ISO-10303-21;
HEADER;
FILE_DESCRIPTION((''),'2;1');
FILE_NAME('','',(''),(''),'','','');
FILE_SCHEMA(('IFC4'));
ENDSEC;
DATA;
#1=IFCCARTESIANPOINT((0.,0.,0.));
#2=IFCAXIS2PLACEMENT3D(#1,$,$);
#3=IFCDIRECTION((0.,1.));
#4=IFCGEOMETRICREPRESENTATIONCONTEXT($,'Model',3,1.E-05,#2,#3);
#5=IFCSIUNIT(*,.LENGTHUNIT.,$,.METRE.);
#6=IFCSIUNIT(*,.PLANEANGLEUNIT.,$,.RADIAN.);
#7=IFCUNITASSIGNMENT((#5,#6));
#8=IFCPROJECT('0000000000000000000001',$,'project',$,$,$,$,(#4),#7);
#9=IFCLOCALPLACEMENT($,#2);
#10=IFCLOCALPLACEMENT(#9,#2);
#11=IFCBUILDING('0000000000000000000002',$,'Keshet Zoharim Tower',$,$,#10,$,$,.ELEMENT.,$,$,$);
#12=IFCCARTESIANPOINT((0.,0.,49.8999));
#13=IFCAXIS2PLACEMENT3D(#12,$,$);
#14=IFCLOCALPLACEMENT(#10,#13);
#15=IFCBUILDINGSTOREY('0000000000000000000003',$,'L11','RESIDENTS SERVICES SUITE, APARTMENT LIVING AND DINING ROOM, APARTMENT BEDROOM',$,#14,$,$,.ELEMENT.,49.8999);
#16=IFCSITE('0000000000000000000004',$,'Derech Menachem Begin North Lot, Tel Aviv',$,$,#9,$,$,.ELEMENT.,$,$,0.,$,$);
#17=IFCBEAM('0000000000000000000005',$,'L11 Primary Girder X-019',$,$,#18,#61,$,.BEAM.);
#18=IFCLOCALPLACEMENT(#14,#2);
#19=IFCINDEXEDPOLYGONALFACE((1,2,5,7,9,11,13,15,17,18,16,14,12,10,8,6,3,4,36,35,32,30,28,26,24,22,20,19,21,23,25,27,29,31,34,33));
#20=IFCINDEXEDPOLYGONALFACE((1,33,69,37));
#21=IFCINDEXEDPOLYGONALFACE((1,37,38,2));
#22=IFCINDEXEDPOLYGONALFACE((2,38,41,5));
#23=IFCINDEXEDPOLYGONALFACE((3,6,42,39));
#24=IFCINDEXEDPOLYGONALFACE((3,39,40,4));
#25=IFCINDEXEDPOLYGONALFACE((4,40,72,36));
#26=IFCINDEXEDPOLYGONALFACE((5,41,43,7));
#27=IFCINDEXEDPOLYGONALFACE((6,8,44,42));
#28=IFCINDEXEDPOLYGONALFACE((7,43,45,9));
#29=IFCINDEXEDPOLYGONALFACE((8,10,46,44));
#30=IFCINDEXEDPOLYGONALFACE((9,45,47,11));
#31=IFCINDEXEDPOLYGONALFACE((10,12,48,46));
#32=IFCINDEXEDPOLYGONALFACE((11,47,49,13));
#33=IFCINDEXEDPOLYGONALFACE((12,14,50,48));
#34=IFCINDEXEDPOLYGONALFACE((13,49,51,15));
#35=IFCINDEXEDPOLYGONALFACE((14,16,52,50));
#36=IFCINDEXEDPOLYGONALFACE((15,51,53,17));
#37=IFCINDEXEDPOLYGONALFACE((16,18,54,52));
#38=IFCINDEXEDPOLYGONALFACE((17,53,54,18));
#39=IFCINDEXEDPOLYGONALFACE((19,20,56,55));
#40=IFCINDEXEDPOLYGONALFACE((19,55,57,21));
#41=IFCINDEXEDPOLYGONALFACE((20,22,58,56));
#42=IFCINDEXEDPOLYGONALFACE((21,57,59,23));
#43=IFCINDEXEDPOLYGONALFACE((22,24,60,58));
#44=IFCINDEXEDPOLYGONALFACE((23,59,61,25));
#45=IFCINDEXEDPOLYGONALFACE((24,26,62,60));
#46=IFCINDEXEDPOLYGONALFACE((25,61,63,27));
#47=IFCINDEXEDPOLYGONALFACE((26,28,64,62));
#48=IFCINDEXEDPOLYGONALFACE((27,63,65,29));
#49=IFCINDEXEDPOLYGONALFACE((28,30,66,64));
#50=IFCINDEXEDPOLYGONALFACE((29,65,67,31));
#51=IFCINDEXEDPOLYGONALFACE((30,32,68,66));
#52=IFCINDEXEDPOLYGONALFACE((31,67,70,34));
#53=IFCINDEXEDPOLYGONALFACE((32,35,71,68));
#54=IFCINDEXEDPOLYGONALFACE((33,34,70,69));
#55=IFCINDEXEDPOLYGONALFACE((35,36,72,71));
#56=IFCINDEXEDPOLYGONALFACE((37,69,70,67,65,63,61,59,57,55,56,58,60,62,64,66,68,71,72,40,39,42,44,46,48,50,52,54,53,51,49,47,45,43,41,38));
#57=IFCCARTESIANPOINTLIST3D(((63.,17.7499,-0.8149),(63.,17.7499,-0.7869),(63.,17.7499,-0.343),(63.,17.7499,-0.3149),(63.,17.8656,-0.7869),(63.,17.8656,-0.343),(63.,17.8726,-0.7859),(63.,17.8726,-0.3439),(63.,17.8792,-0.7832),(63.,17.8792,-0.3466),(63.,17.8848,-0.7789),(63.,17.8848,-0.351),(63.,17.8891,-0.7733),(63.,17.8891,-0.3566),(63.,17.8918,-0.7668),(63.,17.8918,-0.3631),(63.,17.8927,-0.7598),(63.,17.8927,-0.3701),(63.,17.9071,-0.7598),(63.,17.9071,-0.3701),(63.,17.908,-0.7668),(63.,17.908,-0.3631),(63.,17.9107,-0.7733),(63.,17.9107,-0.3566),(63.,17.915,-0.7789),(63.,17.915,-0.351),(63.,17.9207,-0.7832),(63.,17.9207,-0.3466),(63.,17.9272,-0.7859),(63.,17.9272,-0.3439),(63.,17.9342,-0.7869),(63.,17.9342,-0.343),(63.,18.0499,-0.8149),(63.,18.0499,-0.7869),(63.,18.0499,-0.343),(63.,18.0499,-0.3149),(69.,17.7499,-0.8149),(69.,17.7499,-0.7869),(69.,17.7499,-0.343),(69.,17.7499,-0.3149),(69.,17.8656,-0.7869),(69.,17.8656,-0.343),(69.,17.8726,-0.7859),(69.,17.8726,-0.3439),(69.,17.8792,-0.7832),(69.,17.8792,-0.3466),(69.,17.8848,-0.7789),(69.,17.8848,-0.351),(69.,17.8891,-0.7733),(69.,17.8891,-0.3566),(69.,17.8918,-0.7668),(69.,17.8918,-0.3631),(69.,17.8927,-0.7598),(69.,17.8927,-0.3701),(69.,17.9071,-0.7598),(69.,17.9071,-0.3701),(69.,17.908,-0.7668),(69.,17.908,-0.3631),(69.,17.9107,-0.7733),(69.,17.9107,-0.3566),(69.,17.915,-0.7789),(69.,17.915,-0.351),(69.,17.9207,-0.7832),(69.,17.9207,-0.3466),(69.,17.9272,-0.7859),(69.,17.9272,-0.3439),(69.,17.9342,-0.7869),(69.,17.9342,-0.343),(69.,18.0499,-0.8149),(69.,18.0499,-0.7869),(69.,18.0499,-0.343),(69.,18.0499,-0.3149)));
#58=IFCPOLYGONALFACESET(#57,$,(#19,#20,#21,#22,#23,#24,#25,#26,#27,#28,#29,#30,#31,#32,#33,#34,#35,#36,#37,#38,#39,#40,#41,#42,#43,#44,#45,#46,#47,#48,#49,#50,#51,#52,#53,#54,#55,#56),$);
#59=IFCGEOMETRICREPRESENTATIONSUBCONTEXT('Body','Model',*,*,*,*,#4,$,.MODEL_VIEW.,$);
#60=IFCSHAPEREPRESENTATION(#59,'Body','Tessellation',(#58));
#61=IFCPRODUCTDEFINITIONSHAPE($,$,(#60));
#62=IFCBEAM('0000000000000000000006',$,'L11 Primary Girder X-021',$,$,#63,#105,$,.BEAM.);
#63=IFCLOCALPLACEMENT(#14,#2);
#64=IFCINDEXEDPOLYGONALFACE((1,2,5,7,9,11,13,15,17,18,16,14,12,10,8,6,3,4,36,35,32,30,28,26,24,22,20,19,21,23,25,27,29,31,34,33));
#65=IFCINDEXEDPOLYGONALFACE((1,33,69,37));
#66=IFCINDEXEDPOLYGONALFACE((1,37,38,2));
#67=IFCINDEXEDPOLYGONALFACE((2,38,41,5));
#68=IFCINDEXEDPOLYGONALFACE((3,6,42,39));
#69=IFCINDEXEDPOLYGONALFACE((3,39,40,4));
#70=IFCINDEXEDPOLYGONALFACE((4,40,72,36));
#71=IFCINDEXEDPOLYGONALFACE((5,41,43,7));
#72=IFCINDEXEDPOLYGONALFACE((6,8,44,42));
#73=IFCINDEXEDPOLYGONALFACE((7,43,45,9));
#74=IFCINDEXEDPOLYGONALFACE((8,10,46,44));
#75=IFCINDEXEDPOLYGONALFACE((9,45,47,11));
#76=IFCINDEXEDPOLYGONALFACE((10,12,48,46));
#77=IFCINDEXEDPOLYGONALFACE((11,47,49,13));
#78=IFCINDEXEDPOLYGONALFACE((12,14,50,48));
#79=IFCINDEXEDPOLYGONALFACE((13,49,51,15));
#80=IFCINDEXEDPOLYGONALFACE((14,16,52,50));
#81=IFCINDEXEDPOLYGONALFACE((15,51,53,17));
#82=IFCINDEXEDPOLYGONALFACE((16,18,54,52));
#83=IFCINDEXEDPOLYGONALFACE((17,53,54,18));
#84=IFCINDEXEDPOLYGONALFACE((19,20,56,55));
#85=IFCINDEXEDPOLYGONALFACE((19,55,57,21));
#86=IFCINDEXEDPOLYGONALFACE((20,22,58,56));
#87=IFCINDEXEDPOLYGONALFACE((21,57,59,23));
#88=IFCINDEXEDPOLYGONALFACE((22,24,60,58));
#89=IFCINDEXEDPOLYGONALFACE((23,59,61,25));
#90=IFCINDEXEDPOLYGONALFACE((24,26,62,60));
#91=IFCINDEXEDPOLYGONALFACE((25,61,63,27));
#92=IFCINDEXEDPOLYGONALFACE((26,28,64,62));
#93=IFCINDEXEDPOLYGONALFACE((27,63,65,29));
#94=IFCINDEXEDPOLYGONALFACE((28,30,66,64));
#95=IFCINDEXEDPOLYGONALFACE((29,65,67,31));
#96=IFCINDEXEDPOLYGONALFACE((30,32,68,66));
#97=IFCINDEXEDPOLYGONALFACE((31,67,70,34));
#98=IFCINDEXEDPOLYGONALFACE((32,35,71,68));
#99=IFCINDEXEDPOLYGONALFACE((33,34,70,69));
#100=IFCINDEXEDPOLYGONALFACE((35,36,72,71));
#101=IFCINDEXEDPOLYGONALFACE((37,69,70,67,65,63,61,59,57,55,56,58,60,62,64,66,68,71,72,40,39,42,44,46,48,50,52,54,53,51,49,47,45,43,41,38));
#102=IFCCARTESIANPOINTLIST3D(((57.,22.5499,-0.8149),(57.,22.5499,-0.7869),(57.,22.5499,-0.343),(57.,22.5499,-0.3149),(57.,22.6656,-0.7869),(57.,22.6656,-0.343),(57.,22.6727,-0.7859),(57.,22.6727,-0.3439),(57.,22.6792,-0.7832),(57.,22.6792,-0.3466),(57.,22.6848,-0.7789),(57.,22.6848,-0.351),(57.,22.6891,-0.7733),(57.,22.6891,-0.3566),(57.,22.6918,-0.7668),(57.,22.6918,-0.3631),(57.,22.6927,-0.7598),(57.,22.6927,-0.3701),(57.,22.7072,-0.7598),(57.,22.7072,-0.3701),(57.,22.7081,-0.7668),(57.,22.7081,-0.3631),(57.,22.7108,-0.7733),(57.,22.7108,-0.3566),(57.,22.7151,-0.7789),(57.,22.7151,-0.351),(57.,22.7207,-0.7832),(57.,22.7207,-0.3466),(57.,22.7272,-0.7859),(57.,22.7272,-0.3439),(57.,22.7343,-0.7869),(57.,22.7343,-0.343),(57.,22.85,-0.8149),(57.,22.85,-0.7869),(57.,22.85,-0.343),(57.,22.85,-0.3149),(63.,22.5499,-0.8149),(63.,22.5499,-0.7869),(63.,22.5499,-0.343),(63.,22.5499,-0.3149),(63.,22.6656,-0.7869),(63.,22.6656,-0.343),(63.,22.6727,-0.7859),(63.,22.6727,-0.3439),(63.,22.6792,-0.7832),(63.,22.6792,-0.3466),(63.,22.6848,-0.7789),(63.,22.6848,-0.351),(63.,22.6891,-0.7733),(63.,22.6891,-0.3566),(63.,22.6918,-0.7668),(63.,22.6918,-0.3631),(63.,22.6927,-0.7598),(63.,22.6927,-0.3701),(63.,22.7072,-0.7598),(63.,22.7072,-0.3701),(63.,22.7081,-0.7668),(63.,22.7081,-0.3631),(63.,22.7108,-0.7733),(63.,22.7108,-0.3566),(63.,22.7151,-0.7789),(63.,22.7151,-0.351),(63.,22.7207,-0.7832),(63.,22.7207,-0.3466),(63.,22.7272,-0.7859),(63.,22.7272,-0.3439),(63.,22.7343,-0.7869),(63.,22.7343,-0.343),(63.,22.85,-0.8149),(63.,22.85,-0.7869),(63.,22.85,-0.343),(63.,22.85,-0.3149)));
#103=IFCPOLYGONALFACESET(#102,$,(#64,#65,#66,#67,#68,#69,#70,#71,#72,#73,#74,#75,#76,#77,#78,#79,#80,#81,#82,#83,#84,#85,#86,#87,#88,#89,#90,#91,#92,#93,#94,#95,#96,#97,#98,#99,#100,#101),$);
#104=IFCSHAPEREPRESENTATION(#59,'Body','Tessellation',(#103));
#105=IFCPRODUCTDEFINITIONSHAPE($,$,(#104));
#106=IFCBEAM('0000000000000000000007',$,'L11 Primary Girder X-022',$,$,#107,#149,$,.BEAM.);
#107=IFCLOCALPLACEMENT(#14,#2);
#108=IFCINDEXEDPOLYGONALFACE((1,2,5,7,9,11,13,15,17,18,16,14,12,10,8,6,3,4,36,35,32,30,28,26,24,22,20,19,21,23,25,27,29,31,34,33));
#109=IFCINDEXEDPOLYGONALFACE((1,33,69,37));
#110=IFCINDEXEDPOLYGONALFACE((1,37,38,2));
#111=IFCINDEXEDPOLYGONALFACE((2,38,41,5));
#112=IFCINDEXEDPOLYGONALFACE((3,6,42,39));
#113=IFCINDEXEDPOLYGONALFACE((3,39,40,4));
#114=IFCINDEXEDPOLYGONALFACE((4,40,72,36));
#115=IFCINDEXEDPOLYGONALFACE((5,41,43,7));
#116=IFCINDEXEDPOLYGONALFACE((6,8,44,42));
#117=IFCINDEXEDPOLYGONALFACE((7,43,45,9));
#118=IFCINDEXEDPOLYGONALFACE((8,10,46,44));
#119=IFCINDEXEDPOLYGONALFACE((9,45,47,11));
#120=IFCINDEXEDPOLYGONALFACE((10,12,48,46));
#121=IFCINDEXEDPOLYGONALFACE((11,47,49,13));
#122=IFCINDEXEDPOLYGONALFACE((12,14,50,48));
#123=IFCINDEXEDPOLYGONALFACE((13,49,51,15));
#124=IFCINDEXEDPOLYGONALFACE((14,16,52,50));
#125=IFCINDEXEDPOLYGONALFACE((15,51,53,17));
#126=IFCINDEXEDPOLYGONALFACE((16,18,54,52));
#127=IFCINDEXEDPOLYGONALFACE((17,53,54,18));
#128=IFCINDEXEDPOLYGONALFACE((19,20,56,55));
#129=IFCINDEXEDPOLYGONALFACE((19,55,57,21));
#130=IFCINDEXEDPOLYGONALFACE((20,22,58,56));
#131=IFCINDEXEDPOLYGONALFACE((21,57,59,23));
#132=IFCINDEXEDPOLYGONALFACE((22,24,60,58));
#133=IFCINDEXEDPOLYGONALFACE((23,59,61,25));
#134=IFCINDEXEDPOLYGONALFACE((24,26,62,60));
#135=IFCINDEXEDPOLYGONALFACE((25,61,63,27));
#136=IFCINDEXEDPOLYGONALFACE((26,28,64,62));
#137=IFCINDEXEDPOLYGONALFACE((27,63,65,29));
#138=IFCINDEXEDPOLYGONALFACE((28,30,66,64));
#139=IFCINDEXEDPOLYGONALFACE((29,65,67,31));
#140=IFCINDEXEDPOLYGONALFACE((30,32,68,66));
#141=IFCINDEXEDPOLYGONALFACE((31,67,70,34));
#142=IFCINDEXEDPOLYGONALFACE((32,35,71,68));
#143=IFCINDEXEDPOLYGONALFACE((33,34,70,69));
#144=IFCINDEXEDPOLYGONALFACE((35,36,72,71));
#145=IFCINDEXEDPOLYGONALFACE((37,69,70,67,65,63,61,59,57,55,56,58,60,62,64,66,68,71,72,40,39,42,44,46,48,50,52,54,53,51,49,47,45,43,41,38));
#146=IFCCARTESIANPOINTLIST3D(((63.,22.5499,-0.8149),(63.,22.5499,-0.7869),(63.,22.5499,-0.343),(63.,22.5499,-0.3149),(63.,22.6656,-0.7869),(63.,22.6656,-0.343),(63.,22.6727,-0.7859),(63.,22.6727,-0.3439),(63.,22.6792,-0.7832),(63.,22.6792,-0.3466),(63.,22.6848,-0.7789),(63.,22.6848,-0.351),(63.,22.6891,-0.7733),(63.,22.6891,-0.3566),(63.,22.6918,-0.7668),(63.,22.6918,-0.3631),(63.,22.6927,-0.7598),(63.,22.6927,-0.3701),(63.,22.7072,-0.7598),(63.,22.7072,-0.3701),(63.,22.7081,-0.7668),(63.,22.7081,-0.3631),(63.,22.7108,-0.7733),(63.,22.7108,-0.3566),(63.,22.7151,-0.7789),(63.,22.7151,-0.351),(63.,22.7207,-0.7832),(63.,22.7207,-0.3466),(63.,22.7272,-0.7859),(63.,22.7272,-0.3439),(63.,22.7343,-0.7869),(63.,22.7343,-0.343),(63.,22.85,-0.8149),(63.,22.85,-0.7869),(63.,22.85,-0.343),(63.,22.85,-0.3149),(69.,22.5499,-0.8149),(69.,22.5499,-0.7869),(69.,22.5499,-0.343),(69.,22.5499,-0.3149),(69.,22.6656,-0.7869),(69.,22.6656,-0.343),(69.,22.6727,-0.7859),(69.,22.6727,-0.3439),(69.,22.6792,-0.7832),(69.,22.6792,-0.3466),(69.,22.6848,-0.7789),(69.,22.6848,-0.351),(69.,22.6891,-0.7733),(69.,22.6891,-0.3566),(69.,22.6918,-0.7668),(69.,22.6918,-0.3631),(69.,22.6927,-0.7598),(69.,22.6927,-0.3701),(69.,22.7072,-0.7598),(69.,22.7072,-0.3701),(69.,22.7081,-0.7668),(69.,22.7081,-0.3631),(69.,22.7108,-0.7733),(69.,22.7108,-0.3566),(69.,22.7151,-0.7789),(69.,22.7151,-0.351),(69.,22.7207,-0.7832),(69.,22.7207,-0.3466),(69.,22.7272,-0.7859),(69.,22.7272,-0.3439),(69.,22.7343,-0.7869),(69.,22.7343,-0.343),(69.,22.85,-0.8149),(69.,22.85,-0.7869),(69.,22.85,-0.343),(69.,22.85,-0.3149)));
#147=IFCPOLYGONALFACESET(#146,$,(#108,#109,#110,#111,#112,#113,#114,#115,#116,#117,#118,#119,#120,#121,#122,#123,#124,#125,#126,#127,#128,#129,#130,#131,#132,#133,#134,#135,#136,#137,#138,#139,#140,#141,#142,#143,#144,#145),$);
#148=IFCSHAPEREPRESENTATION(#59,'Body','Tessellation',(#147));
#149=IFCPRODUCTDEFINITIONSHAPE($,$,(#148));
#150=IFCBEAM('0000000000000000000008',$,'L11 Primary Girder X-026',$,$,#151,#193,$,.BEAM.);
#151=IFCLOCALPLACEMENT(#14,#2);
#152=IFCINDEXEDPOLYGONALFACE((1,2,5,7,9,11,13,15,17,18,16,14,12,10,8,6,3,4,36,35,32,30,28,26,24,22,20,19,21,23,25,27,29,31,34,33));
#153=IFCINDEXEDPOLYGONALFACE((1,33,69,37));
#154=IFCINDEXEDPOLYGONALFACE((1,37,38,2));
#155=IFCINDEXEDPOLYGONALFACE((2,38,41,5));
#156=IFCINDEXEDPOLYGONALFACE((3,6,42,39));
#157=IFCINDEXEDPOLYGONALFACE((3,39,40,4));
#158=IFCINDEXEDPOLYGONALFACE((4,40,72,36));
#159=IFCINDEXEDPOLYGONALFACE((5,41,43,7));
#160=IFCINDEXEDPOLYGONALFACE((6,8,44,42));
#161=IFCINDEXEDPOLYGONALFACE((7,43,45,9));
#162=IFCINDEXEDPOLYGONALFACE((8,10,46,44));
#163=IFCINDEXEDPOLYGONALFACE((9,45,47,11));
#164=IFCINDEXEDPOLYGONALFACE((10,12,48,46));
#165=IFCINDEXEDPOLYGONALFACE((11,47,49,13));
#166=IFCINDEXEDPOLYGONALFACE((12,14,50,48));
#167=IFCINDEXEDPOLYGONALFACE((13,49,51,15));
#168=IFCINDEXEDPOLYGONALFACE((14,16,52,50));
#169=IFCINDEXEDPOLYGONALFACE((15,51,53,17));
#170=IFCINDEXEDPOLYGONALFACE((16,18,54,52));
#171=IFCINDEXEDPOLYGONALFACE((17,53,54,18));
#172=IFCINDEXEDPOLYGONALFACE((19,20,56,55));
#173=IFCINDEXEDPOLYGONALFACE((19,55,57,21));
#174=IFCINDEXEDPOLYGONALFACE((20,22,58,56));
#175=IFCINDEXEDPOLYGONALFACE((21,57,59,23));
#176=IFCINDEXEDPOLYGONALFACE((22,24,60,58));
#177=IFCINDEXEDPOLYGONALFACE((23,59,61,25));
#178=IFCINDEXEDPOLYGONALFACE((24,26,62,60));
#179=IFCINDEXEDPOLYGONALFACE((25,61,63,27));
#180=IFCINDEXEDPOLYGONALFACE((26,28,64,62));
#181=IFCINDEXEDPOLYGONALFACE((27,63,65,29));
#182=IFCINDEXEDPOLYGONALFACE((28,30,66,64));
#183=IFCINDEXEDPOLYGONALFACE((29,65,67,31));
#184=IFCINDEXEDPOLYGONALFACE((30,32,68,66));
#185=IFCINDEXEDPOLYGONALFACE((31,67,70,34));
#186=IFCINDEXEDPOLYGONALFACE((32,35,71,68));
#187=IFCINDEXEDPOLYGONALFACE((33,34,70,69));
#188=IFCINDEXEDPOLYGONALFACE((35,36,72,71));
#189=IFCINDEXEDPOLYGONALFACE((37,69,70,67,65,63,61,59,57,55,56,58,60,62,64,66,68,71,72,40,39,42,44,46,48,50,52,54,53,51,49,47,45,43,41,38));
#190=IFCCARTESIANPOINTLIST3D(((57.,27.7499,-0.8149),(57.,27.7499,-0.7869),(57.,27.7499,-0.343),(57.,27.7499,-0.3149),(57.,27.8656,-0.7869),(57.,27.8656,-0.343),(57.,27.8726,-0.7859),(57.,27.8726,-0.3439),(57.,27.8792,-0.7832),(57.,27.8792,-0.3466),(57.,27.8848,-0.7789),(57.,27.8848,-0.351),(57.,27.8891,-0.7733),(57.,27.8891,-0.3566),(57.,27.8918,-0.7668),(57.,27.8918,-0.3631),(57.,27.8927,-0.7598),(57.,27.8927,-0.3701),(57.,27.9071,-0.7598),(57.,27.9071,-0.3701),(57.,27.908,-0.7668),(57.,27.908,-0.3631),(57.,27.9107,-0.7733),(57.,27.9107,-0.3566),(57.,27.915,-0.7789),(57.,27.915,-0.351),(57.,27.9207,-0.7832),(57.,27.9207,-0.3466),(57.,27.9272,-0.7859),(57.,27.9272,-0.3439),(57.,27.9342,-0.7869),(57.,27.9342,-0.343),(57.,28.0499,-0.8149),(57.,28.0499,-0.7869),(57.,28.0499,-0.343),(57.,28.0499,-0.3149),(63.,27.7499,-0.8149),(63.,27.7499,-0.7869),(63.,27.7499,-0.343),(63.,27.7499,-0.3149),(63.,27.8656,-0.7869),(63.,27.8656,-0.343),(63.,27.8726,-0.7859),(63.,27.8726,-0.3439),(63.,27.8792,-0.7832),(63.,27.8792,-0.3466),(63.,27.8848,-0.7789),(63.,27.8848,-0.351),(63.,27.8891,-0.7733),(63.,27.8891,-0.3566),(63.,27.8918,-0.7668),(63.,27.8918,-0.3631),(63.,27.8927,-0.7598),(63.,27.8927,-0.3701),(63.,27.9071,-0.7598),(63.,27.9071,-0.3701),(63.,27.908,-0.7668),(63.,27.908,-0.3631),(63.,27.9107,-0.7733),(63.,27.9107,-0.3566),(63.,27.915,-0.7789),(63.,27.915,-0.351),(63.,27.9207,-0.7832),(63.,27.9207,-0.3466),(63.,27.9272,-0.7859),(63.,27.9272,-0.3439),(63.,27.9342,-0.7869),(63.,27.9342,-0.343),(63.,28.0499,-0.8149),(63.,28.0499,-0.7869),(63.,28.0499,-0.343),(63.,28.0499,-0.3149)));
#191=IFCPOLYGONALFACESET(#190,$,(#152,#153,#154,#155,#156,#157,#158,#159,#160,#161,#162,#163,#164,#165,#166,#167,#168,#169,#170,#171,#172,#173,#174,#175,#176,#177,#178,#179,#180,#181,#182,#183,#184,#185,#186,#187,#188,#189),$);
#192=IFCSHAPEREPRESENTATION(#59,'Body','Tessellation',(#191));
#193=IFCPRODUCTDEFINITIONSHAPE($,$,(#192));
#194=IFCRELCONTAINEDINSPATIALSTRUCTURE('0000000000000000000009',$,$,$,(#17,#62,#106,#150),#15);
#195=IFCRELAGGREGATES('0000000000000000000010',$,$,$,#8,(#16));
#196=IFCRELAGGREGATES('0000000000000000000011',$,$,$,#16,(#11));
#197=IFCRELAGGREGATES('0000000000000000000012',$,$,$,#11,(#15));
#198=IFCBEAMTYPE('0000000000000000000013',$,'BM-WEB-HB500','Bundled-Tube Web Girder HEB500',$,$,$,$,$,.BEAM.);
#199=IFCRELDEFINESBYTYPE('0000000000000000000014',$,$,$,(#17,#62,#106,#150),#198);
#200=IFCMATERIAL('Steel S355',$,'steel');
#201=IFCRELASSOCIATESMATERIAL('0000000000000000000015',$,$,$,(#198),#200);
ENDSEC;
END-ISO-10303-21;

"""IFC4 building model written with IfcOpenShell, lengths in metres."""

from ifc_helpers import new_model, si_unit, direction, frame, origin, origin_2d, place, context, subcontext, project, spatial, i_section, extrude, material, material_profile, profile_set, type_object, element, save


model = new_model("IFC4")

# Units and contexts
model_context = context("Model", 3, precision=1e-05, world=origin(), true_north=direction((0.0, 1.0)))
body_context = subcontext(model_context, "Body", "Model", "MODEL_VIEW")
ifc_project = project(units=[si_unit("LENGTHUNIT", "METRE"), si_unit("PLANEANGLEUNIT", "RADIAN")], contexts=[model_context])

# Site, building, storey
site_placement = place(None, origin())
site = spatial("IfcSite", under=ifc_project, at=site_placement, Name="Derech Menachem Begin North Lot, Tel Aviv", CompositionType="ELEMENT", RefElevation=0.0)
building_placement = place(site_placement, origin())
building = spatial("IfcBuilding", under=site, at=building_placement, Name="Keshet Zoharim Tower", CompositionType="ELEMENT")
storey_placement = place(building_placement, frame((0.0, 0.0, 49.8999)))
storey = spatial("IfcBuildingStorey", under=building, at=storey_placement, Name="L11", Description="RESIDENTS SERVICES SUITE, APARTMENT LIVING AND DINING ROOM, APARTMENT BEDROOM", CompositionType="ELEMENT", Elevation=49.8999)

# Shared definitions
ifc_material_1 = material(Name="Steel S355", Category="steel")

# Beams
ifc_material_profile_1 = material_profile(ifc_material_1, i_section(OverallWidth=0.3, OverallDepth=0.5, WebThickness=0.0144, FlangeThickness=0.0281, FilletRadius=0.0271, at=origin_2d()), Name="HEB500")
ifc_profile_set_1 = profile_set([ifc_material_profile_1], Name="Steel S355")
beam_type_1 = type_object("IfcBeamType", Name="BM-WEB-HB500", Description="Bundled-Tube Web Girder HEB500", PredefinedType="BEAM", material=ifc_profile_set_1)
for number, where, z_axis, x_axis, name in (
    (1, (63.0, 17.8999, -0.5649), (1.0, 0.0, 0.0), (0.0, 1.0, 0.0), "L11 Primary Girder X-019"),
    (2, (57.0, 22.7, -0.5649), (1.0, 0.0, 0.0), (0.0, 1.0, 0.0), "L11 Primary Girder X-021"),
    (3, (63.0, 22.7, -0.5649), (1.0, 0.0, 0.0), (0.0, 1.0, 0.0), "L11 Primary Girder X-022"),
    (4, (57.0, 27.8999, -0.5649), (1.0, 0.0, 0.0), (0.0, 1.0, 0.0), "L11 Primary Girder X-026"),
):
    element("IfcBeam", number, at=place(storey_placement, frame(where, z_axis=z_axis, x_axis=x_axis)), inside=storey, type_object=beam_type_1, Name=name, PredefinedType="BEAM", context=body_context, shape_type="SweptSolid", body=[
        extrude(i_section(OverallWidth=0.3, OverallDepth=0.5, WebThickness=0.0144, FlangeThickness=0.0281, FilletRadius=0.0271, at=origin_2d()), origin(), (0.0, 0.0, 1.0), 6.0),
    ])

save(model, "model.ifc")
